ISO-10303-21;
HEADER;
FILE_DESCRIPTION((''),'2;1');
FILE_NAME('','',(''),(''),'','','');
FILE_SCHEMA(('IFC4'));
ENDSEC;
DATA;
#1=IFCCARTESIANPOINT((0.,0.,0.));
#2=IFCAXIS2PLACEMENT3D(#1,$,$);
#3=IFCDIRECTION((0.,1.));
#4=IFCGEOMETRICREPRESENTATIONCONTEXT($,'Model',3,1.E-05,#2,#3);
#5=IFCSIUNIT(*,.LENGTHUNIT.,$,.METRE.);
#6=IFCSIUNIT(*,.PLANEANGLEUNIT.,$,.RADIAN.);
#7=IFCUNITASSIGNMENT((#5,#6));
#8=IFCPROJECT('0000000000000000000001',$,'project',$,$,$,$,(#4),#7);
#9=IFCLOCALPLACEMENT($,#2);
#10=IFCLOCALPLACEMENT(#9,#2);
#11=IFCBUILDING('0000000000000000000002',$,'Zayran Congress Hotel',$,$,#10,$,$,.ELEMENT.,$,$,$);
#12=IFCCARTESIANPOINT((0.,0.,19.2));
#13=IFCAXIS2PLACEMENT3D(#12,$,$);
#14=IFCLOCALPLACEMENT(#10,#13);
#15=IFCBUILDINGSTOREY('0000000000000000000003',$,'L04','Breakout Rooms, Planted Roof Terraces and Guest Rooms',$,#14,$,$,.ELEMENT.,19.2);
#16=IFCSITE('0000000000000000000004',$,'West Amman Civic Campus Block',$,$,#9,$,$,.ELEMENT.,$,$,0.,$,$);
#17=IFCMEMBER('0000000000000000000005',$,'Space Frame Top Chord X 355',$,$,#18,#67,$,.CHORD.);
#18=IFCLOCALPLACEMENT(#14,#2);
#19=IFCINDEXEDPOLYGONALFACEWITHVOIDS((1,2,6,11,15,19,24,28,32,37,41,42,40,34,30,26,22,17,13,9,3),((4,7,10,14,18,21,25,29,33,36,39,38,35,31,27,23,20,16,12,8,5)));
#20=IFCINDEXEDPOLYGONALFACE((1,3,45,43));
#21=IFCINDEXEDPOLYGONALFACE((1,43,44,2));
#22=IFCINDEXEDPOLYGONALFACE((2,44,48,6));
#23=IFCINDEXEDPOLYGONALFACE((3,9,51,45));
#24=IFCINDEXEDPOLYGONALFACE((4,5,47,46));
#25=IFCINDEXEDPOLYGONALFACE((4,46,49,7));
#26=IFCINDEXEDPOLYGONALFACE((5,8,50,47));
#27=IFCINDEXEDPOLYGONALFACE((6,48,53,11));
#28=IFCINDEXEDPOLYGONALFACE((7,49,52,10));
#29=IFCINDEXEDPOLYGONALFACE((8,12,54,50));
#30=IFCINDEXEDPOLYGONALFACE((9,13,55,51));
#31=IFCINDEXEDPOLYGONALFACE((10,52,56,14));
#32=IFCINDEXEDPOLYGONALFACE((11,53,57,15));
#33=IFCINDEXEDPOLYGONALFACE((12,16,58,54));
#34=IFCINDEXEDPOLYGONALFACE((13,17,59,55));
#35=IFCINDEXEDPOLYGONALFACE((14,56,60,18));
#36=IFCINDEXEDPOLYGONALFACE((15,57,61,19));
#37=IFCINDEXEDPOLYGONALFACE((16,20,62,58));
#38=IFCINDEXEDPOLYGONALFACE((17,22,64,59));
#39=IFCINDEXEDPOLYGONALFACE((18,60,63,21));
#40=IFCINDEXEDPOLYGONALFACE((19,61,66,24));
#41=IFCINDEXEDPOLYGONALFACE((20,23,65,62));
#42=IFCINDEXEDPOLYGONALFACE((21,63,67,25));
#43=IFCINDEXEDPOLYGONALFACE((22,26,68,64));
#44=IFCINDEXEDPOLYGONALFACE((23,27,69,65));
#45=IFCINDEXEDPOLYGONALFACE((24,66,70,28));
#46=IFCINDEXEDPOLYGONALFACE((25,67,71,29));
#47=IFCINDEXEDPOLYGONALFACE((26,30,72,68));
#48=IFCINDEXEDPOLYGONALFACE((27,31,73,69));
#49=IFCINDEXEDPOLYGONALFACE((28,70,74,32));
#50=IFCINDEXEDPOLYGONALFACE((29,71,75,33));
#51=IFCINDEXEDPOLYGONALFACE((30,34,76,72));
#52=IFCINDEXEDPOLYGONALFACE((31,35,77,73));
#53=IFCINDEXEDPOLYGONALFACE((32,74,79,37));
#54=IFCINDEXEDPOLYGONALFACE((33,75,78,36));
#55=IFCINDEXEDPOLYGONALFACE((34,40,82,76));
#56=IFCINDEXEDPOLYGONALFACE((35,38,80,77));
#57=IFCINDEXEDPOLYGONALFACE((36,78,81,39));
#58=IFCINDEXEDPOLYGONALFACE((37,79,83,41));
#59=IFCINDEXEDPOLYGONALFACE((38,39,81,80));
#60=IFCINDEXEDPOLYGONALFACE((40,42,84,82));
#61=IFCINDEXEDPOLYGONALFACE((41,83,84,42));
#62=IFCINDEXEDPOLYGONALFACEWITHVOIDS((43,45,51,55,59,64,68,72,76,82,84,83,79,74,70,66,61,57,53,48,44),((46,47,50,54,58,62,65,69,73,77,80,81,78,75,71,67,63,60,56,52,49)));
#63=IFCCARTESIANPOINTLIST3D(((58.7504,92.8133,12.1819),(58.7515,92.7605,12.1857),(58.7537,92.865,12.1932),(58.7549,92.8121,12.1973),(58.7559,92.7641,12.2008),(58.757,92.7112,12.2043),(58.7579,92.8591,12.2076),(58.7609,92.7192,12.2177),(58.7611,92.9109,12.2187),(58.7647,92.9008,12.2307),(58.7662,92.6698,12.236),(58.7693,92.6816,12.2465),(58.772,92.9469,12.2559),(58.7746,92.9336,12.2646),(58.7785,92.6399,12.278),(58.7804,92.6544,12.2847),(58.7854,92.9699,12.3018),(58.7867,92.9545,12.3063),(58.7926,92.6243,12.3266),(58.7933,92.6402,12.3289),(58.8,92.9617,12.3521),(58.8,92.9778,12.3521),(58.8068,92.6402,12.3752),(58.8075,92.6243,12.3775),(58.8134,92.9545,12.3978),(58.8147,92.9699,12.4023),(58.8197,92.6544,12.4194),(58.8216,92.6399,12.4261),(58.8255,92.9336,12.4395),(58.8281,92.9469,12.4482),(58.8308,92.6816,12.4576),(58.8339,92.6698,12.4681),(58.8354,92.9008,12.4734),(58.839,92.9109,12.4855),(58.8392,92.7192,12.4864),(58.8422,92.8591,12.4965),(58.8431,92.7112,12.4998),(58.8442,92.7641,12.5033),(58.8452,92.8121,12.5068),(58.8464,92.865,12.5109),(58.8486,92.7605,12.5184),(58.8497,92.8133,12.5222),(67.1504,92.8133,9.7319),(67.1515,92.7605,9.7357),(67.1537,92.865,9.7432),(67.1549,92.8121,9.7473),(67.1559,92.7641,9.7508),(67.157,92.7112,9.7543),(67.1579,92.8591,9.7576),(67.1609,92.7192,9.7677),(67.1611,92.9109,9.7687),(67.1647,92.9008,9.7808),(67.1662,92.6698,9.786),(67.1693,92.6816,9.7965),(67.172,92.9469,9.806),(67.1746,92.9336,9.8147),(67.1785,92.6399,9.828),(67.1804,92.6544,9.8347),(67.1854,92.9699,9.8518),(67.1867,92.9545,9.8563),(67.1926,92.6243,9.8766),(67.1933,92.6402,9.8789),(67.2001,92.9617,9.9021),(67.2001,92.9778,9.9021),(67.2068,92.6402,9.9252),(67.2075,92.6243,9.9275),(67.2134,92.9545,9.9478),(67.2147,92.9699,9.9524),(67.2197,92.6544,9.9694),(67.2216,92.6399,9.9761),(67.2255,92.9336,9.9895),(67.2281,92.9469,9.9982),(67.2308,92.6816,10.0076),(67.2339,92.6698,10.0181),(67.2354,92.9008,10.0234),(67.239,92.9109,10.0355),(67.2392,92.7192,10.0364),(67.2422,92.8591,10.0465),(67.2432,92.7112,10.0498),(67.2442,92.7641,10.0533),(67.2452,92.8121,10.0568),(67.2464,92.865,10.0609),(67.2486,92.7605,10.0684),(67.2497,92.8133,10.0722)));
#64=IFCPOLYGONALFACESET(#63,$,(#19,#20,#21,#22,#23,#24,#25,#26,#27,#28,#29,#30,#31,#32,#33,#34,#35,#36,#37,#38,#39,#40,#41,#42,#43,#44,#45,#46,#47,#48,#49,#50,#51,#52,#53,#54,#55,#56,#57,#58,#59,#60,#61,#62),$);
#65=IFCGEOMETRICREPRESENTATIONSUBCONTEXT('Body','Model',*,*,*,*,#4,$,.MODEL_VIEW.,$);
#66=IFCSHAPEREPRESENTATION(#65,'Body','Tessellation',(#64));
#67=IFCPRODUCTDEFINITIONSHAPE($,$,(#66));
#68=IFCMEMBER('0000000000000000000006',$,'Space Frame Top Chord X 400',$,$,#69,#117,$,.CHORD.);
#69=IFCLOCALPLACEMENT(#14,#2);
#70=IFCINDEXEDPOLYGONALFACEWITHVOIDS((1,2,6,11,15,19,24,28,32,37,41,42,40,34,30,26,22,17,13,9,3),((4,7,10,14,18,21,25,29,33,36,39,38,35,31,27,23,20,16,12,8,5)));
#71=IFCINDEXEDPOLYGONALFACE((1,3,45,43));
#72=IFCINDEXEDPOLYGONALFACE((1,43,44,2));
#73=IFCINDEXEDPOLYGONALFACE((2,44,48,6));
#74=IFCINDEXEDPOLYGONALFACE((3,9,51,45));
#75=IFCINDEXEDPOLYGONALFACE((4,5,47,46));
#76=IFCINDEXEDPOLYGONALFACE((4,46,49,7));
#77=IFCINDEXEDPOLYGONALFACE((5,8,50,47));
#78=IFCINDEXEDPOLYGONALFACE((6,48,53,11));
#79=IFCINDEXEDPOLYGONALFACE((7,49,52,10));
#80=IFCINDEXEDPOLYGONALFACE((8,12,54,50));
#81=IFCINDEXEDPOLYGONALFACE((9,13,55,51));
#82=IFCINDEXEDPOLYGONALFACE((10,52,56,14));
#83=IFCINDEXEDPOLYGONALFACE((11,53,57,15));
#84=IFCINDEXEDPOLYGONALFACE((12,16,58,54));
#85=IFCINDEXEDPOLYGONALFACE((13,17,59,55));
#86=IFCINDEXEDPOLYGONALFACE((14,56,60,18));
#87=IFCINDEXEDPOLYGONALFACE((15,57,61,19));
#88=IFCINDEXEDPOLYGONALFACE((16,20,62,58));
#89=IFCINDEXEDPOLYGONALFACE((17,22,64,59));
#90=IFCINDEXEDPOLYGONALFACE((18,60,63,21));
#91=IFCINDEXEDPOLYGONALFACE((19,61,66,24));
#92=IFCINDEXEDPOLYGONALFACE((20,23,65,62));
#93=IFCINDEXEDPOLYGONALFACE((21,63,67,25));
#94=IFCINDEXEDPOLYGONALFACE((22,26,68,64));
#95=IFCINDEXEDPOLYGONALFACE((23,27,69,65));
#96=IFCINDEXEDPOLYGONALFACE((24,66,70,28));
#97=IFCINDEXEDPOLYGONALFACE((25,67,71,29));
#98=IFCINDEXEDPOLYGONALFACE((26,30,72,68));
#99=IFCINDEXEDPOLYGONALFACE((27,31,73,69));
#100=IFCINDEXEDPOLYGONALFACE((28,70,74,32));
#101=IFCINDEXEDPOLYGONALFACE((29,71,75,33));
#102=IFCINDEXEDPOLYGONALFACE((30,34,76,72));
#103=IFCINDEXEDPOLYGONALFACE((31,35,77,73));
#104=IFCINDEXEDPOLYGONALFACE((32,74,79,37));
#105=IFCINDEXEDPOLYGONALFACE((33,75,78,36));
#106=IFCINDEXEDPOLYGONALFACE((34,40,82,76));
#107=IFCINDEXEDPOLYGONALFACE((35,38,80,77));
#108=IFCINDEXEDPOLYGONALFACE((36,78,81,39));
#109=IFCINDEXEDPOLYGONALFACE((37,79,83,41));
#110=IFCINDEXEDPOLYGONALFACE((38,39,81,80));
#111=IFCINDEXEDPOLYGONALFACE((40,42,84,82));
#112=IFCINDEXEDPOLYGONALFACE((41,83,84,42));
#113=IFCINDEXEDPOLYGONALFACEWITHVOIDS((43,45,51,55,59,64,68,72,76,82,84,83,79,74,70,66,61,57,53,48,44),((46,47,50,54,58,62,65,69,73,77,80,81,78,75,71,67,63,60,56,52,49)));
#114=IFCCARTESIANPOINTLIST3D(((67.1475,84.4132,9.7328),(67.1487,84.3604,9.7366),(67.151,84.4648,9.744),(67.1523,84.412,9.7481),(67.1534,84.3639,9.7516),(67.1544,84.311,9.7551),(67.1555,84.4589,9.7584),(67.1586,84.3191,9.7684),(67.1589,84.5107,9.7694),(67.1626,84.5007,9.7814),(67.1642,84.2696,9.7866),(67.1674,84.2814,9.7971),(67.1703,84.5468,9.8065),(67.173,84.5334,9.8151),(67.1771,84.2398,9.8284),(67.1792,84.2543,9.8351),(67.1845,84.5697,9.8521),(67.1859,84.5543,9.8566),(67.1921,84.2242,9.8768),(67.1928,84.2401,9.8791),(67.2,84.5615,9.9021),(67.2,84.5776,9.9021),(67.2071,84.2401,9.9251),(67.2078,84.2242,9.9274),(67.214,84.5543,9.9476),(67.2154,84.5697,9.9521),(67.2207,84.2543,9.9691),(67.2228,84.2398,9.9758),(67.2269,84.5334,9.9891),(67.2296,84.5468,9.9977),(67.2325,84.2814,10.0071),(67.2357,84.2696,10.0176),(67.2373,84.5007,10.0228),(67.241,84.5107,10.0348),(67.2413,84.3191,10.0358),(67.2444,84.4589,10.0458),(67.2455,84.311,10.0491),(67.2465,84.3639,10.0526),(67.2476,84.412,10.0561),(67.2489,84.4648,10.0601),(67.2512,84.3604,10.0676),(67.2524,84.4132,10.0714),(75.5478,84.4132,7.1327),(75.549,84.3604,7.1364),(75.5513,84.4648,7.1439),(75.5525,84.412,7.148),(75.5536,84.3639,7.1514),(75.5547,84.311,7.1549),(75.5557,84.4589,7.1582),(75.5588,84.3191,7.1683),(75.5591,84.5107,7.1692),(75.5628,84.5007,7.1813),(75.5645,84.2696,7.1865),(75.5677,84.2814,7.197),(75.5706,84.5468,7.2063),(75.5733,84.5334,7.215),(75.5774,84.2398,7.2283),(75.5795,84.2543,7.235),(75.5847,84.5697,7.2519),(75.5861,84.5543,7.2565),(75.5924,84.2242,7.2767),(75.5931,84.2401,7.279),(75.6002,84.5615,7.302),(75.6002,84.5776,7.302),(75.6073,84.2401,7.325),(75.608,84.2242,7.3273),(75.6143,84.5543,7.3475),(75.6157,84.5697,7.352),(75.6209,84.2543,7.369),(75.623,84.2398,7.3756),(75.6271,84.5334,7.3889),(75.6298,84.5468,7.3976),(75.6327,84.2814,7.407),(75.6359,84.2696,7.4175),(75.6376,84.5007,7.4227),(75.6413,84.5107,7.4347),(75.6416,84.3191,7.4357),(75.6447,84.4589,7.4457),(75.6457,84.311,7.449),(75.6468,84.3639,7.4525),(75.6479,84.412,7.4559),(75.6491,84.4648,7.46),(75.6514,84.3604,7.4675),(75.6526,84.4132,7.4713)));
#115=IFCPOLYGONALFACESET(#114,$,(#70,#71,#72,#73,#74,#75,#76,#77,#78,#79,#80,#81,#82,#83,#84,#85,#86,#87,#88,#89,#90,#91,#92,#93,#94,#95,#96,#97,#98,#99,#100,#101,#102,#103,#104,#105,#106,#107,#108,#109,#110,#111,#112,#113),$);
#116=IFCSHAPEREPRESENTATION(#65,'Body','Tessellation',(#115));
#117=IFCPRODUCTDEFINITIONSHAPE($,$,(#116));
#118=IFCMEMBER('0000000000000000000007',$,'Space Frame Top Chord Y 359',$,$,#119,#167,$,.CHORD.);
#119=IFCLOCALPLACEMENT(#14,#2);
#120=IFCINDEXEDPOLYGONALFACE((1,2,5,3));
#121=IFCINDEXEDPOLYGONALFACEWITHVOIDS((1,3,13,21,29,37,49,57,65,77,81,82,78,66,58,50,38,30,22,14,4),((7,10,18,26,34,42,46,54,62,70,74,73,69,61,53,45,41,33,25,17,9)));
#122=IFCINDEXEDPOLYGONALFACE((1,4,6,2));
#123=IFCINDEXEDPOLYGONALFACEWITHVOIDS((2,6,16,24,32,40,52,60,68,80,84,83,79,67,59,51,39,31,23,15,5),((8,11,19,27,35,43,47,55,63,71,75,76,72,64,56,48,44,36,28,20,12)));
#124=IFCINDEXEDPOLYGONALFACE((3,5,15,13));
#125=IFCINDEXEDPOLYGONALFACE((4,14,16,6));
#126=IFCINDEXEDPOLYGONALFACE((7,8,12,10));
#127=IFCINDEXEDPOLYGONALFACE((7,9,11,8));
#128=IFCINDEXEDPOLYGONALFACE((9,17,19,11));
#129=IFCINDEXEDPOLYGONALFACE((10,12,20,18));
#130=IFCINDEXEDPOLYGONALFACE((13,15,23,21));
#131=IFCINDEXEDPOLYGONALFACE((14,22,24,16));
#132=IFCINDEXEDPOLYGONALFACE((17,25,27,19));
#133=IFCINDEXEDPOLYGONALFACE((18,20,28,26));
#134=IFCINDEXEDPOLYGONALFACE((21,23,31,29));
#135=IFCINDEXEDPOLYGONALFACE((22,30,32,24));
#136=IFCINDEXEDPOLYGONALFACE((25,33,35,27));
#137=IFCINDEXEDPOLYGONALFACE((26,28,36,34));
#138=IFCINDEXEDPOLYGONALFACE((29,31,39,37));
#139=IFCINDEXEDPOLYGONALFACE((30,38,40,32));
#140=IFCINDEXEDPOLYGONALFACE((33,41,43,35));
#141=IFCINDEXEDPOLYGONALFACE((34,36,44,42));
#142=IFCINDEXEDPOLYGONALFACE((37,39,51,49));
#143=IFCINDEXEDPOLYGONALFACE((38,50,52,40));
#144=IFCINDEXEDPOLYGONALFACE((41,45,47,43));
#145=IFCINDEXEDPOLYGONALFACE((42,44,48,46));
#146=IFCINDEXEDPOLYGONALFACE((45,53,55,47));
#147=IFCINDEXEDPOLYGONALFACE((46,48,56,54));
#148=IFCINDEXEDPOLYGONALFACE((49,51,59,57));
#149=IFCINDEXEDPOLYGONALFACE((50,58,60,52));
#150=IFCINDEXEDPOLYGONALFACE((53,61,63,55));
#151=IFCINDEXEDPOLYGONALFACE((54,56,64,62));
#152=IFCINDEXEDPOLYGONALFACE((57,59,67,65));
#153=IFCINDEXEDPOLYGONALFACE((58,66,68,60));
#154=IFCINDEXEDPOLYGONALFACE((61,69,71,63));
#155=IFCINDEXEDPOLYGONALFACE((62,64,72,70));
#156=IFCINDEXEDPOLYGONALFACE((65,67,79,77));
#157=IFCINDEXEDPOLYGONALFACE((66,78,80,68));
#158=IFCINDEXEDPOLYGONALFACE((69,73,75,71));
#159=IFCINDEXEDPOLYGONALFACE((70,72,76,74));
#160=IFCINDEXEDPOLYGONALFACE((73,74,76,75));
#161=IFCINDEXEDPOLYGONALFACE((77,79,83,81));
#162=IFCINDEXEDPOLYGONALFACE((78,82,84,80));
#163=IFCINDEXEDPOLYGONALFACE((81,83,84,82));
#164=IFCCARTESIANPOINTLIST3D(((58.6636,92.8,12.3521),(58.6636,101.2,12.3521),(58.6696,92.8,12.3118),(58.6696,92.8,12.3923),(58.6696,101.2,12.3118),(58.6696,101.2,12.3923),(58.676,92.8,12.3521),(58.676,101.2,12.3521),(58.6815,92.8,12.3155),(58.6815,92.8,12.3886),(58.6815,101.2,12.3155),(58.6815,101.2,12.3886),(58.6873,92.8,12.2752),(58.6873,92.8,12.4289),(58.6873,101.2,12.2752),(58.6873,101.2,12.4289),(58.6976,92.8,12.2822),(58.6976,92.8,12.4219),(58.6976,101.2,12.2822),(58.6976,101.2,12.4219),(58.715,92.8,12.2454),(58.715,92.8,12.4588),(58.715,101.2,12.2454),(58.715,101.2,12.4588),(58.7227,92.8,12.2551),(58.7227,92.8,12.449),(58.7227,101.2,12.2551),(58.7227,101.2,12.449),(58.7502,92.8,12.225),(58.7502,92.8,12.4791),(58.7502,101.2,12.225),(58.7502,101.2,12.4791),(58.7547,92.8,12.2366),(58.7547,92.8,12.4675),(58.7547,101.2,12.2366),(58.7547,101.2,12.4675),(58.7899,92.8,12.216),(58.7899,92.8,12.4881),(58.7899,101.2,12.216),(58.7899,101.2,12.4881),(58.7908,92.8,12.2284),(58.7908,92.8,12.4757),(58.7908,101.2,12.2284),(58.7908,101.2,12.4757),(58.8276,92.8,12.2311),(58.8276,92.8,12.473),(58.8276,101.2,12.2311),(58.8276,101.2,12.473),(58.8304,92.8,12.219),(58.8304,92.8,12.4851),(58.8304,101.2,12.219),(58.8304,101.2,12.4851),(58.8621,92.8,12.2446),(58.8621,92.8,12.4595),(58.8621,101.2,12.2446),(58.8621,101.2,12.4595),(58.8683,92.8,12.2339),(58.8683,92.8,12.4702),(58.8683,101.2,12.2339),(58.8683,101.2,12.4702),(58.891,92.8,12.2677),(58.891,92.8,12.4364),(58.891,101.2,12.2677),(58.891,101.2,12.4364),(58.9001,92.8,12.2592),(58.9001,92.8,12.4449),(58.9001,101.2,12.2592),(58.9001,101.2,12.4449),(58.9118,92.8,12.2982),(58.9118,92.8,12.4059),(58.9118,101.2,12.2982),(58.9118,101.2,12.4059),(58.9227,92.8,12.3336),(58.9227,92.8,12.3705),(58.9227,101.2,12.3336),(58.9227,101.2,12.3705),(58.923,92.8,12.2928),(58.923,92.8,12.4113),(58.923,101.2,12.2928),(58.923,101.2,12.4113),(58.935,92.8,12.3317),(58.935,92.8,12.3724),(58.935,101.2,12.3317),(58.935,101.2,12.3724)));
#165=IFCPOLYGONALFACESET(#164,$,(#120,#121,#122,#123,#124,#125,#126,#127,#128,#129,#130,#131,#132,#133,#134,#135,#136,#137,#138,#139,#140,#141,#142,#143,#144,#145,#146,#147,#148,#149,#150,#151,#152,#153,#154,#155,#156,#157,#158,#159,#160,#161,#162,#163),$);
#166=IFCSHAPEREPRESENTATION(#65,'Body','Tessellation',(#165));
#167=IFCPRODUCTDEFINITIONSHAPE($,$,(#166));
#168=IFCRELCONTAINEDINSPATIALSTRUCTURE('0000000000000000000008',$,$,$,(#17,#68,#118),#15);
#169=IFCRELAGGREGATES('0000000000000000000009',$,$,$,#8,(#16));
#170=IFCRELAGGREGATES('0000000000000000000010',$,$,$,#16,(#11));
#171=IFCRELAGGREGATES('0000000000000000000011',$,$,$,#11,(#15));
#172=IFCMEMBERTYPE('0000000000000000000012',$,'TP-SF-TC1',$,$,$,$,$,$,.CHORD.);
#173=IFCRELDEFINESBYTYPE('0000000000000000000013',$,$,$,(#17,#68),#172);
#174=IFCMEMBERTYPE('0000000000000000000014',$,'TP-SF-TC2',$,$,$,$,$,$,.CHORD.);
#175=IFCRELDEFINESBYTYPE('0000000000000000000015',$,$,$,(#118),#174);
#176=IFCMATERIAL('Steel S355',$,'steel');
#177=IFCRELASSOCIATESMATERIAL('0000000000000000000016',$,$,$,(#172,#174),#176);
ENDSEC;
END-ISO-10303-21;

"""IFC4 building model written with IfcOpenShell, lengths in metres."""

from ifc_helpers import new_model, si_unit, direction, frame, origin, origin_2d, place, context, subcontext, project, spatial, hollow_circle, extrude, material, material_profile, profile_set, type_object, element, save


model = new_model("IFC4")

# Units and contexts
model_context = context("Model", 3, precision=1e-05, world=origin(), true_north=direction((0.0, 1.0)))
body_context = subcontext(model_context, "Body", "Model", "MODEL_VIEW")
ifc_project = project(units=[si_unit("LENGTHUNIT", "METRE"), si_unit("PLANEANGLEUNIT", "RADIAN")], contexts=[model_context])

# Site, building, storey
site_placement = place(None, origin())
site = spatial("IfcSite", under=ifc_project, at=site_placement, Name="West Amman Civic Campus Block", CompositionType="ELEMENT", RefElevation=0.0)
building_placement = place(site_placement, origin())
building = spatial("IfcBuilding", under=site, at=building_placement, Name="Zayran Congress Hotel", CompositionType="ELEMENT")
storey_placement = place(building_placement, frame((0.0, 0.0, 19.2)))
storey = spatial("IfcBuildingStorey", under=building, at=storey_placement, Name="L04", Description="Breakout Rooms, Planted Roof Terraces and Guest Rooms", CompositionType="ELEMENT", Elevation=19.2)

# Members
ifc_material_1 = material(Name="Steel S355", Category="steel")
ifc_material_profile_1 = material_profile(ifc_material_1, hollow_circle(Radius=0.1777, WallThickness=0.0161, at=origin_2d()), Name="CHS 355.6x16")
ifc_profile_set_1 = profile_set([ifc_material_profile_1], Name="Steel S355")
member_type_1 = type_object("IfcMemberType", Name="TP-SF-TC1", PredefinedType="CHORD", material=ifc_profile_set_1)
member_1_placement = place(storey_placement, frame((58.8, 92.8, 12.3521), z_axis=(0.960001, 0.0, -0.279998), x_axis=(0.0, 1.0, 0.0)))
element("IfcMember", 1, at=member_1_placement, inside=storey, type_object=member_type_1, Name="Space Frame Top Chord X 355", PredefinedType="CHORD", context=body_context, shape_type="SweptSolid", body=[
    extrude(hollow_circle(Radius=0.1777, WallThickness=0.0161, at=origin_2d()), origin(), (0.0, 0.0, 1.0), 8.75),
])
member_2_placement = place(storey_placement, frame((67.2, 84.3999, 9.9021), z_axis=(0.955284, 0.0, -0.295689), x_axis=(0.0, 1.0, 0.0)))
element("IfcMember", 2, at=member_2_placement, inside=storey, type_object=member_type_1, Name="Space Frame Top Chord X 400", PredefinedType="CHORD", context=body_context, shape_type="SweptSolid", body=[
    extrude(hollow_circle(Radius=0.1777, WallThickness=0.0161, at=origin_2d()), origin(), (0.0, 0.0, 1.0), 8.7935),
])
ifc_material_profile_2 = material_profile(ifc_material_1, hollow_circle(Radius=0.1365, WallThickness=0.0125, at=origin_2d()), Name="CHS 273x12.5")
ifc_profile_set_2 = profile_set([ifc_material_profile_2], Name="Steel S355")
member_type_2 = type_object("IfcMemberType", Name="TP-SF-TC2", PredefinedType="CHORD", material=ifc_profile_set_2)
member_3_placement = place(storey_placement, frame((58.8, 92.8, 12.3521), z_axis=(0.0, 1.0, 0.0), x_axis=(-1.0, 0.0, 0.0)))
element("IfcMember", 3, at=member_3_placement, inside=storey, type_object=member_type_2, Name="Space Frame Top Chord Y 359", PredefinedType="CHORD", context=body_context, shape_type="SweptSolid", body=[
    extrude(hollow_circle(Radius=0.1365, WallThickness=0.0125, at=origin_2d()), origin(), (0.0, 0.0, 1.0), 8.3999),
])

save(model, "model.ifc")
